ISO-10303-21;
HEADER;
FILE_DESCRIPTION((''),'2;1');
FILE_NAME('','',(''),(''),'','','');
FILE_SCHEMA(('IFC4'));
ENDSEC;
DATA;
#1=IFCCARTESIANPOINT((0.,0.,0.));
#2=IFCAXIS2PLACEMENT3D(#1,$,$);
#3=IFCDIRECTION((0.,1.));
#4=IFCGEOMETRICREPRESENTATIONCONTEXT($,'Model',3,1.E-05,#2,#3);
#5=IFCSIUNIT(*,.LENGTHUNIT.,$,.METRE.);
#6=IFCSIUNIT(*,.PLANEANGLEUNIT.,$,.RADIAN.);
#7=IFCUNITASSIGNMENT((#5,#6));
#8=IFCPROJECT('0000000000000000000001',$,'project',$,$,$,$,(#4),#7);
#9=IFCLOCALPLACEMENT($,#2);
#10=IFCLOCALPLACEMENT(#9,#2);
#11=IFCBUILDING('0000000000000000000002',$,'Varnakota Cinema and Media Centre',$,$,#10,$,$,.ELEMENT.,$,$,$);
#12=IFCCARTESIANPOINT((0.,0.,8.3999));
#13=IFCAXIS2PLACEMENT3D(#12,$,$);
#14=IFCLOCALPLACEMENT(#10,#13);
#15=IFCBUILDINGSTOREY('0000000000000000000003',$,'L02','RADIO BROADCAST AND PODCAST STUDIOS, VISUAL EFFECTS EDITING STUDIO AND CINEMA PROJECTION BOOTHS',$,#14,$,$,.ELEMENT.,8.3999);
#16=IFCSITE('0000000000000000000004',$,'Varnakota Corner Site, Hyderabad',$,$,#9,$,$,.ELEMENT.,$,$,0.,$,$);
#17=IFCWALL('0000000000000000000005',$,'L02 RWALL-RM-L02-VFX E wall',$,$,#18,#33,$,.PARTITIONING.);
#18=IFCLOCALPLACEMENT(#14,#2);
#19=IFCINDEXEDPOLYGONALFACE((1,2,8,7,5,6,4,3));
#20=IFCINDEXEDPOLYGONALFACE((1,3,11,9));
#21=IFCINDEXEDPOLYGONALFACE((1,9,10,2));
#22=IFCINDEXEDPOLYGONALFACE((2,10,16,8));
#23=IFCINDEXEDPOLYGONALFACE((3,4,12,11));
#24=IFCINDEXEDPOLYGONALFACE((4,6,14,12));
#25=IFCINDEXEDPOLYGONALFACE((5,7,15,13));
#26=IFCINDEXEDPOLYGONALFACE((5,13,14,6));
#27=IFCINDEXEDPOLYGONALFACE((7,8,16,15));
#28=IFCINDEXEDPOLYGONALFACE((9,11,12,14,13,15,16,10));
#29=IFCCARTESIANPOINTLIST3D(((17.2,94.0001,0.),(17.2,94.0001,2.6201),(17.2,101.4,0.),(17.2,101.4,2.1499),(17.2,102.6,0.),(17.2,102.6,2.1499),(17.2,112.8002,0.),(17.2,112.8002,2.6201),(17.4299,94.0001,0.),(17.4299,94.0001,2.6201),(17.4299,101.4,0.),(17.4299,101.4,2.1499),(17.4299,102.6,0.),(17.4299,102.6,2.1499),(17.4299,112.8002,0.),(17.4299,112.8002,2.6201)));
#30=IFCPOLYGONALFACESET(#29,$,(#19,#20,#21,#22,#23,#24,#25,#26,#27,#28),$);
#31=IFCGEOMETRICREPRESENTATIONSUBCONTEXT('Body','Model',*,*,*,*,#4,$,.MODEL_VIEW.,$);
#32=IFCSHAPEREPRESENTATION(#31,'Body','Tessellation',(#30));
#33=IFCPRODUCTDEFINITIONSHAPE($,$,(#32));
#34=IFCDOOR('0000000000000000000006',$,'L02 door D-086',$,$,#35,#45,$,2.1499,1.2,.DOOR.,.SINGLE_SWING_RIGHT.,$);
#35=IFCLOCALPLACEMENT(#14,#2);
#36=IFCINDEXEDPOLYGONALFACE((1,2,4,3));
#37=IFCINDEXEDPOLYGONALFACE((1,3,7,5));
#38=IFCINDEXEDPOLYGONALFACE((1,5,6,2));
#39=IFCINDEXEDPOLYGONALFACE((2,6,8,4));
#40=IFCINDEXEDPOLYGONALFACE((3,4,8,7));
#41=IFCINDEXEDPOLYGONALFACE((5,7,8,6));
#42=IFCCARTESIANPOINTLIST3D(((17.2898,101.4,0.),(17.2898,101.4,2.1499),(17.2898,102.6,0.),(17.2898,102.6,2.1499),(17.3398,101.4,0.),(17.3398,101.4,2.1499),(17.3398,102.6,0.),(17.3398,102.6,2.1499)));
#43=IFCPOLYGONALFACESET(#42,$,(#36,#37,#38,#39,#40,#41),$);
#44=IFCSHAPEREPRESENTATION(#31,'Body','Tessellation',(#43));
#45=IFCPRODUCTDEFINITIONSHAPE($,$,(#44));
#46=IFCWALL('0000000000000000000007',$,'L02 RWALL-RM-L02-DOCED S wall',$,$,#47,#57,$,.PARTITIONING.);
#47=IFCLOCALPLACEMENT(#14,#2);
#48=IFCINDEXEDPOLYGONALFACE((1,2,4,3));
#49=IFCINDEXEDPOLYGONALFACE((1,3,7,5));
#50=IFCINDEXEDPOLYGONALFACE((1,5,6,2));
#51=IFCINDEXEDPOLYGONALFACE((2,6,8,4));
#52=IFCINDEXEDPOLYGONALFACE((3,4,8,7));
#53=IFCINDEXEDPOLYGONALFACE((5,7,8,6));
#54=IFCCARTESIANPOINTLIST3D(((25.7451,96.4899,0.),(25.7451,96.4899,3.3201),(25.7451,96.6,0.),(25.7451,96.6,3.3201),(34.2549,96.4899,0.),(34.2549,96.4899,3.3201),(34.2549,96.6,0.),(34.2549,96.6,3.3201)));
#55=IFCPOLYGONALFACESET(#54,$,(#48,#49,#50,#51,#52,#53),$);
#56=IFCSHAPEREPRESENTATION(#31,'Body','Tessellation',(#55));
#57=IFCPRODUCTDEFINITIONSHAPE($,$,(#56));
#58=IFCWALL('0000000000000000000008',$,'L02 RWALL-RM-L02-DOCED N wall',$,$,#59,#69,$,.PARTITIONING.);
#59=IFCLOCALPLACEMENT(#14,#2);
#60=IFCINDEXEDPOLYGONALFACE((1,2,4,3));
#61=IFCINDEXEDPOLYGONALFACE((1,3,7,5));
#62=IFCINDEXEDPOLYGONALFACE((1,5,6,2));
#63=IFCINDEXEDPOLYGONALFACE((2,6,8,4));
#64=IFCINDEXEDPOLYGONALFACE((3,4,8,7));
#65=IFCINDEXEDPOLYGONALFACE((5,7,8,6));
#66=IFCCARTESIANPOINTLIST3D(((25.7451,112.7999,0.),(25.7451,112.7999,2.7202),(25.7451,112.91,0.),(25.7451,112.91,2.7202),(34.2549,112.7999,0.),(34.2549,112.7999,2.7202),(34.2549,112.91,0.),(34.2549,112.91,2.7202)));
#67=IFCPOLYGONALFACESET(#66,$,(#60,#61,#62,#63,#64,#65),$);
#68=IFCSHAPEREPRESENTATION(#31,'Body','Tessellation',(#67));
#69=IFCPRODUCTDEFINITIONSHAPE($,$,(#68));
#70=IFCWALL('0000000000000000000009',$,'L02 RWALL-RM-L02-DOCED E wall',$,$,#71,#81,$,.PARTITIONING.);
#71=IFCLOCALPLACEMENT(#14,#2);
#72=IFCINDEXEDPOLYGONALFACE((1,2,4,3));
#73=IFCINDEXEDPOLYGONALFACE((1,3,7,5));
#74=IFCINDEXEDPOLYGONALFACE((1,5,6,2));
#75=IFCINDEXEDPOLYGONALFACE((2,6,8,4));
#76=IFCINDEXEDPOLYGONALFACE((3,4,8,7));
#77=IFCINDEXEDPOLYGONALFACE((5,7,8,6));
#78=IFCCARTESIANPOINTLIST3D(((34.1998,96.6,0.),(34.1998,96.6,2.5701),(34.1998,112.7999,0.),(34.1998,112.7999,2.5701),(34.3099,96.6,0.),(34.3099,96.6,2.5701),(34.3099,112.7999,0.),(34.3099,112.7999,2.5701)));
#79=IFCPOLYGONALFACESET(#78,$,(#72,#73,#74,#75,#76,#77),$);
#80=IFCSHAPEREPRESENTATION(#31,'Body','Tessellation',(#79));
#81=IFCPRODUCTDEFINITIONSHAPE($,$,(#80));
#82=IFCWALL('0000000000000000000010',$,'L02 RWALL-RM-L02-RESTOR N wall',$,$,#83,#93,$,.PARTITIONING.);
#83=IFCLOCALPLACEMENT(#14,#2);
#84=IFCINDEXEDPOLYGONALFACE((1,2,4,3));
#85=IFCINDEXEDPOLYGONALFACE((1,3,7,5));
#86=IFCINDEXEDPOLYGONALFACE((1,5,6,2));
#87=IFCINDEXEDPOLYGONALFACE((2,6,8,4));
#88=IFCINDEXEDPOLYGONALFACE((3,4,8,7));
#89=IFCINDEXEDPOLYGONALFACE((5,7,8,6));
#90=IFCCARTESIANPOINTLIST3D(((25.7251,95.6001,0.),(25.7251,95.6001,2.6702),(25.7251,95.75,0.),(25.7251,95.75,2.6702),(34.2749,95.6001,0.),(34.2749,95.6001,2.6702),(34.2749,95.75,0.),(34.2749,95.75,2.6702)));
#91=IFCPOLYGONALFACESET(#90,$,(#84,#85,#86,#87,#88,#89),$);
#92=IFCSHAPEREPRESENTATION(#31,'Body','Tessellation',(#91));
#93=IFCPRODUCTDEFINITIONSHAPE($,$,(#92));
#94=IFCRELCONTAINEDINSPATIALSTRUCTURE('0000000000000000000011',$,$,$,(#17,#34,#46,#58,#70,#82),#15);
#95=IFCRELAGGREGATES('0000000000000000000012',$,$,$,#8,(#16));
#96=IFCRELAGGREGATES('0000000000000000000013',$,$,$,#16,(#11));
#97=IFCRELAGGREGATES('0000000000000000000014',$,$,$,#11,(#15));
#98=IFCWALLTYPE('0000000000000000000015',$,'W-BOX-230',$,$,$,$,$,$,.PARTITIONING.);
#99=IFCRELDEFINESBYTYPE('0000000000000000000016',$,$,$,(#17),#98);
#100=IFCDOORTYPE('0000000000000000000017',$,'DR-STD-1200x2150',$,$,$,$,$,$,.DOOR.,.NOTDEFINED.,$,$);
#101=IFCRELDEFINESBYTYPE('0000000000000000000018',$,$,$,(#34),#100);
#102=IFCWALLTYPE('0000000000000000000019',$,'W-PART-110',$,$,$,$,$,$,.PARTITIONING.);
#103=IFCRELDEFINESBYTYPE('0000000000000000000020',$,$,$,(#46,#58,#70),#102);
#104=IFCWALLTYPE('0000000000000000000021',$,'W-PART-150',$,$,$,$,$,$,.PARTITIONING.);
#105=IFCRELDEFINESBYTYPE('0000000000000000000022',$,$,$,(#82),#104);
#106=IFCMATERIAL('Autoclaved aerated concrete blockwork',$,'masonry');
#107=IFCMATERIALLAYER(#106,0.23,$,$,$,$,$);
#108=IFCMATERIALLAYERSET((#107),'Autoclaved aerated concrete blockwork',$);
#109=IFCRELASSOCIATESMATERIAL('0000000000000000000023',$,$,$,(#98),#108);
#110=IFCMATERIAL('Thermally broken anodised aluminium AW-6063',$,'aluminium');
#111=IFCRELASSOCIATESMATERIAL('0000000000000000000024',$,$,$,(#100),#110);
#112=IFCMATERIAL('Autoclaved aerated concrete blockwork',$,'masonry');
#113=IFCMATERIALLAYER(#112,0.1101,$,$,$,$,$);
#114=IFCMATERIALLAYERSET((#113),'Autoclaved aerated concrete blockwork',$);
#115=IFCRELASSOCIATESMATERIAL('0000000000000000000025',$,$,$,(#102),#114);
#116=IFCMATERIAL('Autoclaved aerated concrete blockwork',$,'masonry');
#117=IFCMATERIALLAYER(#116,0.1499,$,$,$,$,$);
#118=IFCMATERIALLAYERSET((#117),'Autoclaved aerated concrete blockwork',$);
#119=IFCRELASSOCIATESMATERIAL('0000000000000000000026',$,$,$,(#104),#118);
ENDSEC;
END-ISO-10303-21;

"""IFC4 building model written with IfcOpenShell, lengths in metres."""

from ifc_helpers import new_model, si_unit, direction, frame, frame_2d, origin, place, context, subcontext, project, spatial, rectangle, extrude, material, layer, layer_set, type_object, element, fill, save


model = new_model("IFC4")

# Units and contexts
model_context = context("Model", 3, precision=1e-05, world=origin(), true_north=direction((0.0, 1.0)))
body_context = subcontext(model_context, "Body", "Model", "MODEL_VIEW")
ifc_project = project(units=[si_unit("LENGTHUNIT", "METRE"), si_unit("PLANEANGLEUNIT", "RADIAN")], contexts=[model_context])

# Site, building, storey
site_placement = place(None, origin())
site = spatial("IfcSite", under=ifc_project, at=site_placement, Name="Varnakota Corner Site, Hyderabad", CompositionType="ELEMENT", RefElevation=0.0)
building_placement = place(site_placement, origin())
building = spatial("IfcBuilding", under=site, at=building_placement, Name="Varnakota Cinema and Media Centre", CompositionType="ELEMENT")
storey_placement = place(building_placement, frame((0.0, 0.0, 8.3999)))
storey = spatial("IfcBuildingStorey", under=building, at=storey_placement, Name="L02", Description="RADIO BROADCAST AND PODCAST STUDIOS, VISUAL EFFECTS EDITING STUDIO AND CINEMA PROJECTION BOOTHS", CompositionType="ELEMENT", Elevation=8.3999)

# Wall, opening, door
ifc_material_1 = material(Name="Autoclaved aerated concrete blockwork", Category="masonry")
ifc_layer_1 = layer(ifc_material_1, 0.23)
ifc_layer_set_1 = layer_set([ifc_layer_1], Name="Autoclaved aerated concrete blockwork")
wall_type_1 = type_object("IfcWallType", Name="W-BOX-230", PredefinedType="PARTITIONING", material=ifc_layer_set_1)
wall_1_placement = place(storey_placement, frame((17.3149, 112.8, 0.0), z_axis=(0.0, 0.0, 1.0), x_axis=(0.0, -1.0, 0.0)))
wall_1 = element("IfcWall", 1, at=wall_1_placement, inside=storey, type_object=wall_type_1, Name="L02 RWALL-RM-L02-VFX E wall", PredefinedType="PARTITIONING", context=body_context, shape_type="SweptSolid", body=[
    extrude(rectangle(XDim=18.8, YDim=0.23, at=frame_2d((9.3999, 0.0))), origin(), (0.0, 0.0, 1.0), 2.6201),
])
opening_1_placement = place(wall_1_placement, frame((10.2, 0.0, 0.0)))
opening_1 = element("IfcOpeningElement", 2, at=opening_1_placement, cuts=wall_1, PredefinedType="OPENING", context=body_context, shape_type="SweptSolid", body=[
    extrude(rectangle(XDim=1.2, YDim=2.1499, at=frame_2d((0.6001, 1.075))), frame((0.0, 0.115, 0.0), z_axis=(0.0, -1.0, 0.0), x_axis=(1.0, 0.0, 0.0)), (0.0, 0.0, 1.0), 0.23),
])
ifc_material_2 = material(Name="Thermally broken anodised aluminium AW-6063", Category="aluminium")
door_type = type_object("IfcDoorType", Name="DR-STD-1200x2150", OperationType="NOTDEFINED", PredefinedType="DOOR", material=ifc_material_2)
door_1_placement = place(opening_1_placement, origin())
door_1 = element("IfcDoor", 3, at=door_1_placement, inside=storey, type_object=door_type, Name="L02 door D-086", OperationType="SINGLE_SWING_RIGHT", OverallHeight=2.1499, OverallWidth=1.2, PredefinedType="DOOR", context=body_context, shape_type="SweptSolid", body=[
    extrude(rectangle(XDim=1.2, YDim=2.1499, at=frame_2d((0.6001, 1.075))), frame((0.0, 0.0249, 0.0), z_axis=(0.0, -1.0, 0.0), x_axis=(1.0, 0.0, 0.0)), (0.0, 0.0, 1.0), 0.05),
])
fill(opening_1, door_1)

# Wall
ifc_material_3 = material(Name="Autoclaved aerated concrete blockwork", Category="masonry")
ifc_layer_2 = layer(ifc_material_3, 0.1101)
ifc_layer_set_2 = layer_set([ifc_layer_2], Name="Autoclaved aerated concrete blockwork")
wall_type_2 = type_object("IfcWallType", Name="W-PART-110", PredefinedType="PARTITIONING", material=ifc_layer_set_2)
wall_2_placement = place(storey_placement, frame((34.2549, 96.5449, 0.0), z_axis=(0.0, 0.0, 1.0), x_axis=(-1.0, 0.0, 0.0)))
element("IfcWall", 4, at=wall_2_placement, inside=storey, type_object=wall_type_2, Name="L02 RWALL-RM-L02-DOCED S wall", PredefinedType="PARTITIONING", context=body_context, shape_type="SweptSolid", body=[
    extrude(rectangle(XDim=8.5098, YDim=0.1101, at=frame_2d((4.2549, 0.0))), origin(), (0.0, 0.0, 1.0), 3.3201),
])

# Walls
wall_3_placement = place(storey_placement, frame((25.7451, 112.855, 0.0), z_axis=(0.0, 0.0, 1.0), x_axis=(1.0, 0.0, 0.0)))
element("IfcWall", 5, at=wall_3_placement, inside=storey, type_object=wall_type_2, Name="L02 RWALL-RM-L02-DOCED N wall", PredefinedType="PARTITIONING", context=body_context, shape_type="SweptSolid", body=[
    extrude(rectangle(XDim=8.5098, YDim=0.1101, at=frame_2d((4.2549, 0.0))), origin(), (0.0, 0.0, 1.0), 2.7202),
])
wall_4_placement = place(storey_placement, frame((34.2549, 112.8, 0.0), z_axis=(0.0, 0.0, 1.0), x_axis=(0.0, -1.0, 0.0)))
element("IfcWall", 6, at=wall_4_placement, inside=storey, type_object=wall_type_2, Name="L02 RWALL-RM-L02-DOCED E wall", PredefinedType="PARTITIONING", context=body_context, shape_type="SweptSolid", body=[
    extrude(rectangle(XDim=16.2, YDim=0.1101, at=frame_2d((8.1001, 0.0))), origin(), (0.0, 0.0, 1.0), 2.5701),
])
ifc_material_4 = material(Name="Autoclaved aerated concrete blockwork", Category="masonry")
ifc_layer_3 = layer(ifc_material_4, 0.1499)
ifc_layer_set_3 = layer_set([ifc_layer_3], Name="Autoclaved aerated concrete blockwork")
wall_type_3 = type_object("IfcWallType", Name="W-PART-150", PredefinedType="PARTITIONING", material=ifc_layer_set_3)
wall_5_placement = place(storey_placement, frame((25.7251, 95.675, 0.0), z_axis=(0.0, 0.0, 1.0), x_axis=(1.0, 0.0, 0.0)))
element("IfcWall", 7, at=wall_5_placement, inside=storey, type_object=wall_type_3, Name="L02 RWALL-RM-L02-RESTOR N wall", PredefinedType="PARTITIONING", context=body_context, shape_type="SweptSolid", body=[
    extrude(rectangle(XDim=8.5498, YDim=0.1499, at=frame_2d((4.2749, 0.0))), origin(), (0.0, 0.0, 1.0), 2.6702),
])

save(model, "model.ifc")
